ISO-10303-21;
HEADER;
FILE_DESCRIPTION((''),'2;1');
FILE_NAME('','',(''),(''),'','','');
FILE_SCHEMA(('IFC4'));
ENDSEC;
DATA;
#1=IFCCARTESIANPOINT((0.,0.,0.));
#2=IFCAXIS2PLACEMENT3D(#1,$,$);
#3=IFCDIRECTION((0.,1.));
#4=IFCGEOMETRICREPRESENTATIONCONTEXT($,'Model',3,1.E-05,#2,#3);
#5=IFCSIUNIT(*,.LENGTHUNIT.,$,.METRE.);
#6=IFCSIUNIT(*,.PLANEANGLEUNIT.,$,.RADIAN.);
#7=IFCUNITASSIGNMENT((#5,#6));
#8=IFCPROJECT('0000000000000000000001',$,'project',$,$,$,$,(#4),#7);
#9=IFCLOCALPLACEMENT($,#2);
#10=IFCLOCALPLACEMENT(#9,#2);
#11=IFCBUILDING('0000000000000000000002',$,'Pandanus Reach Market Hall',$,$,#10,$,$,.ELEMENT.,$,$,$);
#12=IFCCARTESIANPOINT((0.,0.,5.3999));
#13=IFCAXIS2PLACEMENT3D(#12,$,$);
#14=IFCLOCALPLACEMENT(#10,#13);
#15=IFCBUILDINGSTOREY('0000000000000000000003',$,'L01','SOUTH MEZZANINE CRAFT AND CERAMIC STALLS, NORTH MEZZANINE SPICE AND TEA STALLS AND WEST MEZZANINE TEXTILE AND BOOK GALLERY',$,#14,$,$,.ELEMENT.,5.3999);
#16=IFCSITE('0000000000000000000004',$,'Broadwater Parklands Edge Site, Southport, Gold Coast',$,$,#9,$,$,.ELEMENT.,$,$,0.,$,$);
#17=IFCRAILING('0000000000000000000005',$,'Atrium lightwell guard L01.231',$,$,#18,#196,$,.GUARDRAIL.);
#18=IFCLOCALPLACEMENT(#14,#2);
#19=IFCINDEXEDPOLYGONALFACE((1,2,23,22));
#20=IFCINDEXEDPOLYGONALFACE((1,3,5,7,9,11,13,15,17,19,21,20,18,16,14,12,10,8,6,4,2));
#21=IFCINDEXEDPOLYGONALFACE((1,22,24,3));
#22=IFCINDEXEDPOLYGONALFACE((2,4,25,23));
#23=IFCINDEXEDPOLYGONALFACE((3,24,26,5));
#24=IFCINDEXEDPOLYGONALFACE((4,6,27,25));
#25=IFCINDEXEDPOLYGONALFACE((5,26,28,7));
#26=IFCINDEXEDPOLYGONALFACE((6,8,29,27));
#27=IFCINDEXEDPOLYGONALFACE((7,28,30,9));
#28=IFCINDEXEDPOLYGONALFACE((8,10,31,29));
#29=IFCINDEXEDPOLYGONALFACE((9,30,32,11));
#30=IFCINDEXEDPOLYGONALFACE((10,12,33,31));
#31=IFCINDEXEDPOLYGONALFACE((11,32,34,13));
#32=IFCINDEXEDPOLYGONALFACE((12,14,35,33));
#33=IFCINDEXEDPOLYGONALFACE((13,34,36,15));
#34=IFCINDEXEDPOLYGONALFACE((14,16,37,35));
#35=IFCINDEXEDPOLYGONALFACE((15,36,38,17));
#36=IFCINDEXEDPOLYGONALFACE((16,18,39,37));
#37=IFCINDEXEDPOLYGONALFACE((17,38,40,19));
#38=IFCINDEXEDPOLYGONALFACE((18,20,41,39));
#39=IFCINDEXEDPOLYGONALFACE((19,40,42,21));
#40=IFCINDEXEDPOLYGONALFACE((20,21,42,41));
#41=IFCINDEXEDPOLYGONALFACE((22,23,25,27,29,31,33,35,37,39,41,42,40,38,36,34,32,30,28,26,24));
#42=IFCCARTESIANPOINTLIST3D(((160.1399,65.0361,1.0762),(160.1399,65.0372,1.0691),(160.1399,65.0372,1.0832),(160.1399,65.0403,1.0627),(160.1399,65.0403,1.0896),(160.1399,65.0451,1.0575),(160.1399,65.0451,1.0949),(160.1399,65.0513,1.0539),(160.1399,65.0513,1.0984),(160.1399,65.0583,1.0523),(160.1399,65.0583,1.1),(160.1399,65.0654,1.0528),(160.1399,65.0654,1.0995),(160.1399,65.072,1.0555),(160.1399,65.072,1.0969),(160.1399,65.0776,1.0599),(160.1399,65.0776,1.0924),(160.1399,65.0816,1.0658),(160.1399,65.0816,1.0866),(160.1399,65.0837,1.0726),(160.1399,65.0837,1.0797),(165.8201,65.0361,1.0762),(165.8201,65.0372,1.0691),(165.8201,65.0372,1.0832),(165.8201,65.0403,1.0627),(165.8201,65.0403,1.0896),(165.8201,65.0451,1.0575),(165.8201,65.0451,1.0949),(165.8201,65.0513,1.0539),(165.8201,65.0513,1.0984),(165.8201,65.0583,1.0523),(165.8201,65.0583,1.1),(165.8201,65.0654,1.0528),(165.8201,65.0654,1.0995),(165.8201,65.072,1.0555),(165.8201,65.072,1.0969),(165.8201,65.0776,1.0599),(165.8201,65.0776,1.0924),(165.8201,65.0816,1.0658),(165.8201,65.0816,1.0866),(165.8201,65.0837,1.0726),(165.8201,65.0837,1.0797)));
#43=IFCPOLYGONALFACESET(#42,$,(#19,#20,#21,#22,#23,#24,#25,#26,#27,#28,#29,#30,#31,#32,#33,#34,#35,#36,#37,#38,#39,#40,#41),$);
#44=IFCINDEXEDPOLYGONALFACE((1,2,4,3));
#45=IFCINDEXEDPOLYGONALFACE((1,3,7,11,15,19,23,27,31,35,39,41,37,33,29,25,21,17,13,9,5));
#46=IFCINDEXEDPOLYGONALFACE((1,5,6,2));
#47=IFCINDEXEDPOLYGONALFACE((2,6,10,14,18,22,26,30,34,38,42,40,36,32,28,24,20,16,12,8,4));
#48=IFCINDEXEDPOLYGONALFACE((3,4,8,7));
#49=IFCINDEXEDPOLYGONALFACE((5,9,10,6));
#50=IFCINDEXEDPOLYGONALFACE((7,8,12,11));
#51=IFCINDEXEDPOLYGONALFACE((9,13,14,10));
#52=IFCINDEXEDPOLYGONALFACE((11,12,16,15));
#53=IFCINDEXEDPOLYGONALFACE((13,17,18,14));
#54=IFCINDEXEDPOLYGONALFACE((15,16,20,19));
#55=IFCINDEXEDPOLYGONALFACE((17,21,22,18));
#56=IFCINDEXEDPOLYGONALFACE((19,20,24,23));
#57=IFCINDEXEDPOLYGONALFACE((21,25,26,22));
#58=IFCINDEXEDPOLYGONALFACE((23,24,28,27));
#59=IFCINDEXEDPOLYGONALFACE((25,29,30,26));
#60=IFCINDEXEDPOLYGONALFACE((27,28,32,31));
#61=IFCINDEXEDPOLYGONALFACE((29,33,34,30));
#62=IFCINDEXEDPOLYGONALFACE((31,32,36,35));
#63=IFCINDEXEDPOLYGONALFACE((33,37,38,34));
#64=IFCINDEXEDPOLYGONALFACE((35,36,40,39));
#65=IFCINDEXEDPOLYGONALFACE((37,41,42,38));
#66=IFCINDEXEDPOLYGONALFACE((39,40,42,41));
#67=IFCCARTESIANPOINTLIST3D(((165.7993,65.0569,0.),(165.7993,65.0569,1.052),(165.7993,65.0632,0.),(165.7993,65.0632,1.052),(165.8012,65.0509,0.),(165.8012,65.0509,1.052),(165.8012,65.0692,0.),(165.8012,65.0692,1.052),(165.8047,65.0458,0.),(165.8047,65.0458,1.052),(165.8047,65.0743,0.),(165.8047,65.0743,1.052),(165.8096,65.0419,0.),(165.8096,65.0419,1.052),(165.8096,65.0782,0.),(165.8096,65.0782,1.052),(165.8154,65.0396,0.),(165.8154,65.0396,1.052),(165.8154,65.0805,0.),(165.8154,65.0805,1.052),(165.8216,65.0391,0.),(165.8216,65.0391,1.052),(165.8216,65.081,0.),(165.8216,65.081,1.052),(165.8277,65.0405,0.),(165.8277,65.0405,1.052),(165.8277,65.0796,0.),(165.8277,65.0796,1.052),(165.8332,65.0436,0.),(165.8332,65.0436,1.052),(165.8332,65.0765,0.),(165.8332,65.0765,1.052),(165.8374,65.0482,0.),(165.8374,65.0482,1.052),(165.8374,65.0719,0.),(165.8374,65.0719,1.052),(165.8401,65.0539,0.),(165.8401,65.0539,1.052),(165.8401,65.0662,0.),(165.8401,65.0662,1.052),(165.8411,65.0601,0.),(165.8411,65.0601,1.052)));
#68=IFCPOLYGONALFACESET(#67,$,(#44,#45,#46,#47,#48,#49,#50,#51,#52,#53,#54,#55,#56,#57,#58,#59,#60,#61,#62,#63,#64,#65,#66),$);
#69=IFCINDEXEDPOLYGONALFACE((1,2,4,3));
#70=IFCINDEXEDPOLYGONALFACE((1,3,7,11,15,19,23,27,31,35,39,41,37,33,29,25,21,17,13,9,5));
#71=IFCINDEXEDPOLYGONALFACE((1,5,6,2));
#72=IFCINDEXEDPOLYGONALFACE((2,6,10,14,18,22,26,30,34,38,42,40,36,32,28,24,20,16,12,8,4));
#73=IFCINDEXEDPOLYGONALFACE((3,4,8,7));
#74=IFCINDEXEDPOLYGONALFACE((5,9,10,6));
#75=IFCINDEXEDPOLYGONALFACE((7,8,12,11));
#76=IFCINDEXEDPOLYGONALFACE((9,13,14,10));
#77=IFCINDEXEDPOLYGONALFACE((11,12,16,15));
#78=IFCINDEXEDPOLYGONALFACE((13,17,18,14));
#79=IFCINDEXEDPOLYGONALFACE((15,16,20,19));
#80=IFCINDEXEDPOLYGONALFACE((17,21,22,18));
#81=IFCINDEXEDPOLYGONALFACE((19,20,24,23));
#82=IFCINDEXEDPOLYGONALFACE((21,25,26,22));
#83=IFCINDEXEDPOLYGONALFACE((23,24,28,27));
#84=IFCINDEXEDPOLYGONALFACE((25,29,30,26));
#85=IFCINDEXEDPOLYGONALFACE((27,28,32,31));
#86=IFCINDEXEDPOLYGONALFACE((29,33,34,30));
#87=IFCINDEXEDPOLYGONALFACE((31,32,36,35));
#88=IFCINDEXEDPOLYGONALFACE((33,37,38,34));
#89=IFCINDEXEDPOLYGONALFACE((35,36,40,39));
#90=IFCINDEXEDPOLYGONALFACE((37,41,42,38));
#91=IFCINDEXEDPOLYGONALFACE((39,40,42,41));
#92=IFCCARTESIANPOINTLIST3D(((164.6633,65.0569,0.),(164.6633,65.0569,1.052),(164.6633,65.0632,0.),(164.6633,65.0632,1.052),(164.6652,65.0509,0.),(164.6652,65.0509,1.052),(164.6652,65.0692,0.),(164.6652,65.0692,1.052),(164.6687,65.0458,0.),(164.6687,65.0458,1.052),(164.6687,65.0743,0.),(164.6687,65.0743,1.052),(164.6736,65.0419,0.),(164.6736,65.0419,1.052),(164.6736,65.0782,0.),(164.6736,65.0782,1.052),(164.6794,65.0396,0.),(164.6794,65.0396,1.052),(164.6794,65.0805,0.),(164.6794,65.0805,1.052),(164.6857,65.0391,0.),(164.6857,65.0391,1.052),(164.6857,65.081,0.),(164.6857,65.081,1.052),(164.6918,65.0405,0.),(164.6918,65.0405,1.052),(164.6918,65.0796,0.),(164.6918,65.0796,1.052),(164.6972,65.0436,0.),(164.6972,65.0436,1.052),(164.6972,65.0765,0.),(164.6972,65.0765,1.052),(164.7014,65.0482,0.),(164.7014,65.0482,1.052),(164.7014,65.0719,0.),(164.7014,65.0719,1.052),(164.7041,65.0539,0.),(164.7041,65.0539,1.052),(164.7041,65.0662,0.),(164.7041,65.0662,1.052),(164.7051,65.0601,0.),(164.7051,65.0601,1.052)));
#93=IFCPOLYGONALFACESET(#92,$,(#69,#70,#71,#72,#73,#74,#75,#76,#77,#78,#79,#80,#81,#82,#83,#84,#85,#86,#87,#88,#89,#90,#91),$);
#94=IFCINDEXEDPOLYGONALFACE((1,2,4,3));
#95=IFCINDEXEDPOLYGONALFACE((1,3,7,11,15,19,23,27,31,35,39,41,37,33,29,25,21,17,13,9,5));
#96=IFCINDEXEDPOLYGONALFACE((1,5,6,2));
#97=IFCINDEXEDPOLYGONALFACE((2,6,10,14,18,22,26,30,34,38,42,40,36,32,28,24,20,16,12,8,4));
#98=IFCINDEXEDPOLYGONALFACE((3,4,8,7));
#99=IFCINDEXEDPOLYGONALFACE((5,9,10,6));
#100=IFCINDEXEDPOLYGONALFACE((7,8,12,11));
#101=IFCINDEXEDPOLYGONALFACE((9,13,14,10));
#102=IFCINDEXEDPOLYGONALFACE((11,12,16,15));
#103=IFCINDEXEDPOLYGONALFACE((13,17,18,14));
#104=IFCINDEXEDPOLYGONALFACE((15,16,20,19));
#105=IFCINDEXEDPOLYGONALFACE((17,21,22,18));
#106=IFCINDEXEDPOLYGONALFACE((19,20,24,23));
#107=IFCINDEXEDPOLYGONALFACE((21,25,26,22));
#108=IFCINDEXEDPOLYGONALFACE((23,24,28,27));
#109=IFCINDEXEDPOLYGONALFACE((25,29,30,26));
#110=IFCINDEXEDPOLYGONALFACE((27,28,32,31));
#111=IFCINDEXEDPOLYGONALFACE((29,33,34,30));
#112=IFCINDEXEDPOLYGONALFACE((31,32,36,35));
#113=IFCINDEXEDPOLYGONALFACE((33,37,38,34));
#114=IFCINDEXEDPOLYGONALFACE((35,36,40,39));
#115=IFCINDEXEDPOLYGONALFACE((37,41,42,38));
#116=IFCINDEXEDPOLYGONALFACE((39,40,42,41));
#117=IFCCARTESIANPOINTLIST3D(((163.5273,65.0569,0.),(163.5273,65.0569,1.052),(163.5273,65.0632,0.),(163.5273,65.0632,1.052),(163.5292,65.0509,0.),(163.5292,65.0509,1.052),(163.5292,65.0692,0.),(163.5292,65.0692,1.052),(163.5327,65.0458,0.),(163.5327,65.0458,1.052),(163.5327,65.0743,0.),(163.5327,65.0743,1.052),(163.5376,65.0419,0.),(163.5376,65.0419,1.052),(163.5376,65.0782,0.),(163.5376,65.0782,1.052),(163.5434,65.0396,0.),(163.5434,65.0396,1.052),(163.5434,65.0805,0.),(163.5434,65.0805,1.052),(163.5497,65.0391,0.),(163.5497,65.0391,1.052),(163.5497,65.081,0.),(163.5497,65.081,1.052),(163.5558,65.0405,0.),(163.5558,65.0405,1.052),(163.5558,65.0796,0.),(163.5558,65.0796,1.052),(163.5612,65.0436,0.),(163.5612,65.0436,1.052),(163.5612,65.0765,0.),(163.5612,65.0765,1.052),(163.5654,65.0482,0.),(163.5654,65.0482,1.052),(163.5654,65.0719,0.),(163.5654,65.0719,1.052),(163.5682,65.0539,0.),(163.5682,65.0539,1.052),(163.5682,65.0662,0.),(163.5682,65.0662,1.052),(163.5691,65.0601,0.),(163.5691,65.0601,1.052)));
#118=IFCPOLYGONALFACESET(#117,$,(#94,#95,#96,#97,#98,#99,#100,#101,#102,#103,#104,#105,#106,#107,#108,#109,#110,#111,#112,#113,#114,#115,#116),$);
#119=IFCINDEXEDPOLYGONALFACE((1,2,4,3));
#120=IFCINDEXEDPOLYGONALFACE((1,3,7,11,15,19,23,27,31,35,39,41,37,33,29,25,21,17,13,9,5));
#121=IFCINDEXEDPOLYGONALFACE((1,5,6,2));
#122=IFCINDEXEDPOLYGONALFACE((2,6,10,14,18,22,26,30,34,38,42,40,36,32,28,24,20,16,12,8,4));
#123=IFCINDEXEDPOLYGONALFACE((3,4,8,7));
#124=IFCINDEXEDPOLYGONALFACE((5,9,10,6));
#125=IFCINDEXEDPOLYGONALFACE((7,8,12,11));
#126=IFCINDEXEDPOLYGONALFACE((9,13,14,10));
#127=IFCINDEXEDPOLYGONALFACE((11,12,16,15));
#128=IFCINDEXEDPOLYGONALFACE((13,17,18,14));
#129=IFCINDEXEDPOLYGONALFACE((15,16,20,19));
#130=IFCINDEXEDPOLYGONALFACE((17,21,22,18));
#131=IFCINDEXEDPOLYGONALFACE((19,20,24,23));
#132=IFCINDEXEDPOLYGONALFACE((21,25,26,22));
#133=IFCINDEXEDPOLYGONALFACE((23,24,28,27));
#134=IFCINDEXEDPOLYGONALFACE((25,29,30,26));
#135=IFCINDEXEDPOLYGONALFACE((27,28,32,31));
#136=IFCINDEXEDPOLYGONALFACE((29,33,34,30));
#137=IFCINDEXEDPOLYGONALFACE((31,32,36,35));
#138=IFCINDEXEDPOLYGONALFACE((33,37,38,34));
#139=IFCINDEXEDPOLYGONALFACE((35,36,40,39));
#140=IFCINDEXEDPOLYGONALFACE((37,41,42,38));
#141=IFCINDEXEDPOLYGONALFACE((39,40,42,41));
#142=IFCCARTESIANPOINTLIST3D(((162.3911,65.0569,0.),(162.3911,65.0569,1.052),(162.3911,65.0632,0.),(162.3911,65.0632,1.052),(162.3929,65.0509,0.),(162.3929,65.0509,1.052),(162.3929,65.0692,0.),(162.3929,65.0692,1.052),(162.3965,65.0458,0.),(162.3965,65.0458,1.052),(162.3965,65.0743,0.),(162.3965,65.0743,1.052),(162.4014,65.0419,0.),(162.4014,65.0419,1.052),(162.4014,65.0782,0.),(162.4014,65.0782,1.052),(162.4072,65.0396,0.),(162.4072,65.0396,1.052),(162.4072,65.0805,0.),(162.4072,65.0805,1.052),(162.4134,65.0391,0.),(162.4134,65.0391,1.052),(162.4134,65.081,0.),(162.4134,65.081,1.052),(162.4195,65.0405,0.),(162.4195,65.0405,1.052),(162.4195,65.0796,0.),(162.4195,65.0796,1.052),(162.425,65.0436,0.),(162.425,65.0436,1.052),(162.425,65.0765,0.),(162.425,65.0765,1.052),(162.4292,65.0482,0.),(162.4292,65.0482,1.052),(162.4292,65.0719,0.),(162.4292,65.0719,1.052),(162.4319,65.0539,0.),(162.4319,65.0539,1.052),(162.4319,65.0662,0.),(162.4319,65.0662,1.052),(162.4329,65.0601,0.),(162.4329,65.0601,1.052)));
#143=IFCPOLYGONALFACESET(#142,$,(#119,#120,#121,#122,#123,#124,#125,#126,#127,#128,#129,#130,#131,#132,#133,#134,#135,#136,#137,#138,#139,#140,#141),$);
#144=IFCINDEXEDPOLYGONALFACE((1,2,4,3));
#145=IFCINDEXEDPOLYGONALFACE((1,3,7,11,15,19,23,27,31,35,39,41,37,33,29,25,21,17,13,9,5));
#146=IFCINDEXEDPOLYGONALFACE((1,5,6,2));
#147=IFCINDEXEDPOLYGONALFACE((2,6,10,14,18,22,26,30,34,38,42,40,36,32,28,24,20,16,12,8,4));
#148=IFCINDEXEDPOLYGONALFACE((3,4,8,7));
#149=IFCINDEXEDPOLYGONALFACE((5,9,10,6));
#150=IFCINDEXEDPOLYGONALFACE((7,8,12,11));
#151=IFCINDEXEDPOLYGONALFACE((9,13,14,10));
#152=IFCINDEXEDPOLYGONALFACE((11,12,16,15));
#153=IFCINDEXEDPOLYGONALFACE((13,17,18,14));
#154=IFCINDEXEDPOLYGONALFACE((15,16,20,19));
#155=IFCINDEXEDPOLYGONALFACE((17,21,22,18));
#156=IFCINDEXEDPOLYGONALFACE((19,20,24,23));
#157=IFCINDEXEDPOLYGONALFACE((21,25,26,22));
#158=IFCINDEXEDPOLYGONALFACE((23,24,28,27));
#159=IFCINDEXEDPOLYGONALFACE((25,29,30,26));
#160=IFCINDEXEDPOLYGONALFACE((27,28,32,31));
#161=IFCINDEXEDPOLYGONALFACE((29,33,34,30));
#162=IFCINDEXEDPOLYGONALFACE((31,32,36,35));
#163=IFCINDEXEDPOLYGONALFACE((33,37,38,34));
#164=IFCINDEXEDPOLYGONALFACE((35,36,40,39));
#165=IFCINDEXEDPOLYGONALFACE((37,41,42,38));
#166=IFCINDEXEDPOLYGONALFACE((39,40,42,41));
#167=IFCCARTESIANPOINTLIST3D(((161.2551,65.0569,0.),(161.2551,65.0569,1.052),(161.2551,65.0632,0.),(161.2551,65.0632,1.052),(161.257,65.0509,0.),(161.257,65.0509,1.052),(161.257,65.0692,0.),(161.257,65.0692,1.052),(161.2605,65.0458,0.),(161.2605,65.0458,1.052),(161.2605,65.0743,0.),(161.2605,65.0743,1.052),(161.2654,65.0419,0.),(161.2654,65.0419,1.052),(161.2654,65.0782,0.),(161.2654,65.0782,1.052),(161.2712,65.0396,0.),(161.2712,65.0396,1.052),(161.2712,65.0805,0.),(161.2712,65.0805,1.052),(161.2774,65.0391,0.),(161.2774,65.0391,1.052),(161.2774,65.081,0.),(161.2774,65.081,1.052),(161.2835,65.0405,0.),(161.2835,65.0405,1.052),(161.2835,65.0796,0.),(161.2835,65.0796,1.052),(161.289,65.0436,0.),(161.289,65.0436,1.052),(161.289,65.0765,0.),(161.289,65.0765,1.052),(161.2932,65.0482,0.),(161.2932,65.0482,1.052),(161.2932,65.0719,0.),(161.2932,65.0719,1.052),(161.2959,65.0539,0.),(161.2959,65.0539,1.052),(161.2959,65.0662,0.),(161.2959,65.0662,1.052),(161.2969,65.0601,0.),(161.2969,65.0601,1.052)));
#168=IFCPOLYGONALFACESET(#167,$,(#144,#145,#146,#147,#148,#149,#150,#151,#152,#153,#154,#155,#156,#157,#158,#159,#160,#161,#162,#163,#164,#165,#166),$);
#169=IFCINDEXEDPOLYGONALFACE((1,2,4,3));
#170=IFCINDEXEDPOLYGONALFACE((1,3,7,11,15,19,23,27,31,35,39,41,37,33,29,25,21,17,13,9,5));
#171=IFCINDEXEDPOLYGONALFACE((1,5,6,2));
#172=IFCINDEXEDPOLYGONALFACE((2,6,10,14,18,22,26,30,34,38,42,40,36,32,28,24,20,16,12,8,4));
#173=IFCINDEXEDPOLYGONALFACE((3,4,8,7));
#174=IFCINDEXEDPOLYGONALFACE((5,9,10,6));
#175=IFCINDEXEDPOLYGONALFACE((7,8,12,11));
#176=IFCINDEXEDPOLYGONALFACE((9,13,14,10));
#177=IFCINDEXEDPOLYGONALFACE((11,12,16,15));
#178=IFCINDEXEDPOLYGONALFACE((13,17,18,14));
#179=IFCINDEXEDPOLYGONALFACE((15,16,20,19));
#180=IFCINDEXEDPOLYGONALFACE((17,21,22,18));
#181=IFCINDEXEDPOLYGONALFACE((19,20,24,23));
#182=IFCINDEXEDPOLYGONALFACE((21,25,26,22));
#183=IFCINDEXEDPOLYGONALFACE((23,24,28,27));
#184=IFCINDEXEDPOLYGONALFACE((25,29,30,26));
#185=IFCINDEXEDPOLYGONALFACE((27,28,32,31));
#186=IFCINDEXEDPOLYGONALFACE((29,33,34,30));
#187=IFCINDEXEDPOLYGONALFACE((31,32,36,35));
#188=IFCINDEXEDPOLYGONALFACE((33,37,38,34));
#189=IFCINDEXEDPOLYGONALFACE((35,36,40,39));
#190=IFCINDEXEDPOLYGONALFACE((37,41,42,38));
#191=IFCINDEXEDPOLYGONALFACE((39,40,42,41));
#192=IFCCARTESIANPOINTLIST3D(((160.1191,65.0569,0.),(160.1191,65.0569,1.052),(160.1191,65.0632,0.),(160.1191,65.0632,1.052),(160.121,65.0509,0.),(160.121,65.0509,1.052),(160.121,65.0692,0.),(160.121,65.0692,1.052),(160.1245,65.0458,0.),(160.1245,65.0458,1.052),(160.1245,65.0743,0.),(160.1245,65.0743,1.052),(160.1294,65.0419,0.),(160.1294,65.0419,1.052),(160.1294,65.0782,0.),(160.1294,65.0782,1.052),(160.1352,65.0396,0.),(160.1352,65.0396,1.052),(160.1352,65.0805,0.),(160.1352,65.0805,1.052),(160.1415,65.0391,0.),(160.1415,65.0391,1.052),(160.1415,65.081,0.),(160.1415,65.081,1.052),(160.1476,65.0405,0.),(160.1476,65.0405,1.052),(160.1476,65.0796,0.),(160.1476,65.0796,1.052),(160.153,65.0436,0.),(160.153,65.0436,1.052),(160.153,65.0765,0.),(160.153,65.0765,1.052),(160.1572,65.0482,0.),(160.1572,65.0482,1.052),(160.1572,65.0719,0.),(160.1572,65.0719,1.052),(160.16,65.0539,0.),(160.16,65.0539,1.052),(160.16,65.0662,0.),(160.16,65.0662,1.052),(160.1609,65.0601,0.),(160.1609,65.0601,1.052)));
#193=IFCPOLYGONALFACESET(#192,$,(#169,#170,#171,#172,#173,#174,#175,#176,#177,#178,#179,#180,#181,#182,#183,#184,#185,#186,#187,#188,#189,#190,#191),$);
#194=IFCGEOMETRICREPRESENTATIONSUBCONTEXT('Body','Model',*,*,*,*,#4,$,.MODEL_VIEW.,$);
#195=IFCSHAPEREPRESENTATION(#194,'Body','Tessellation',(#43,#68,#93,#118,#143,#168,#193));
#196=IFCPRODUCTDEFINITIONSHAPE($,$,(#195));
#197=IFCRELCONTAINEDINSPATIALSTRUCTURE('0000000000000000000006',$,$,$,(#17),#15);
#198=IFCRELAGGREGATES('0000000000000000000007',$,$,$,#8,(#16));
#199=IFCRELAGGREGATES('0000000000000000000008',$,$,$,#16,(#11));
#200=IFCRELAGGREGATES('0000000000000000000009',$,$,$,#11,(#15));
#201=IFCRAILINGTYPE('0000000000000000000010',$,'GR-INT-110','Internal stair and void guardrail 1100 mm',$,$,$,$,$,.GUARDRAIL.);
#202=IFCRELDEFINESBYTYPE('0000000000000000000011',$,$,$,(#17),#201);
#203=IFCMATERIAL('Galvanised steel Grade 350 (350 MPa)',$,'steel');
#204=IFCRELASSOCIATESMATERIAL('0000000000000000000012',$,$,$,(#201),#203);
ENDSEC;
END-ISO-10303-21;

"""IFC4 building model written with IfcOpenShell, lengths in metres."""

from ifc_helpers import new_model, si_unit, direction, frame, origin, origin_2d, place, context, subcontext, project, spatial, circle, extrude, material, type_object, element, save


model = new_model("IFC4")

# Units and contexts
model_context = context("Model", 3, precision=1e-05, world=origin(), true_north=direction((0.0, 1.0)))
body_context = subcontext(model_context, "Body", "Model", "MODEL_VIEW")
ifc_project = project(units=[si_unit("LENGTHUNIT", "METRE"), si_unit("PLANEANGLEUNIT", "RADIAN")], contexts=[model_context])

# Site, building, storey
site_placement = place(None, origin())
site = spatial("IfcSite", under=ifc_project, at=site_placement, Name="Broadwater Parklands Edge Site, Southport, Gold Coast", CompositionType="ELEMENT", RefElevation=0.0)
building_placement = place(site_placement, origin())
building = spatial("IfcBuilding", under=site, at=building_placement, Name="Pandanus Reach Market Hall", CompositionType="ELEMENT")
storey_placement = place(building_placement, frame((0.0, 0.0, 5.3999)))
storey = spatial("IfcBuildingStorey", under=building, at=storey_placement, Name="L01", Description="SOUTH MEZZANINE CRAFT AND CERAMIC STALLS, NORTH MEZZANINE SPICE AND TEA STALLS AND WEST MEZZANINE TEXTILE AND BOOK GALLERY", CompositionType="ELEMENT", Elevation=5.3999)

# Railing
ifc_material_1 = material(Name="Galvanised steel Grade 350 (350 MPa)", Category="steel")
railing_type = type_object("IfcRailingType", Name="GR-INT-110", Description="Internal stair and void guardrail 1100 mm", PredefinedType="GUARDRAIL", material=ifc_material_1)
railing_1_placement = place(storey_placement, frame((165.8201, 65.0601, 0.0)))
element("IfcRailing", 1, at=railing_1_placement, inside=storey, type_object=railing_type, Name="Atrium lightwell guard L01.231", PredefinedType="GUARDRAIL", context=body_context, shape_type="SweptSolid", body=[
    extrude(circle(Radius=0.0239, at=origin_2d()), frame((0.0, 0.0, 1.0762), z_axis=(-1.0, 0.0, 0.0), x_axis=(0.0, -1.0, 0.0)), (0.0, 0.0, 1.0), 5.6802),
    extrude(circle(Radius=0.021, at=origin_2d()), origin(), (0.0, 0.0, 1.0), 1.052),
    extrude(circle(Radius=0.021, at=origin_2d()), frame((-1.136, 0.0, 0.0)), (0.0, 0.0, 1.0), 1.052),
    extrude(circle(Radius=0.021, at=origin_2d()), frame((-2.272, 0.0, 0.0)), (0.0, 0.0, 1.0), 1.052),
    extrude(circle(Radius=0.021, at=origin_2d()), frame((-3.4082, 0.0, 0.0)), (0.0, 0.0, 1.0), 1.052),
    extrude(circle(Radius=0.021, at=origin_2d()), frame((-4.5442, 0.0, 0.0)), (0.0, 0.0, 1.0), 1.052),
    extrude(circle(Radius=0.021, at=origin_2d()), frame((-5.6802, 0.0, 0.0)), (0.0, 0.0, 1.0), 1.052),
])

save(model, "model.ifc")
